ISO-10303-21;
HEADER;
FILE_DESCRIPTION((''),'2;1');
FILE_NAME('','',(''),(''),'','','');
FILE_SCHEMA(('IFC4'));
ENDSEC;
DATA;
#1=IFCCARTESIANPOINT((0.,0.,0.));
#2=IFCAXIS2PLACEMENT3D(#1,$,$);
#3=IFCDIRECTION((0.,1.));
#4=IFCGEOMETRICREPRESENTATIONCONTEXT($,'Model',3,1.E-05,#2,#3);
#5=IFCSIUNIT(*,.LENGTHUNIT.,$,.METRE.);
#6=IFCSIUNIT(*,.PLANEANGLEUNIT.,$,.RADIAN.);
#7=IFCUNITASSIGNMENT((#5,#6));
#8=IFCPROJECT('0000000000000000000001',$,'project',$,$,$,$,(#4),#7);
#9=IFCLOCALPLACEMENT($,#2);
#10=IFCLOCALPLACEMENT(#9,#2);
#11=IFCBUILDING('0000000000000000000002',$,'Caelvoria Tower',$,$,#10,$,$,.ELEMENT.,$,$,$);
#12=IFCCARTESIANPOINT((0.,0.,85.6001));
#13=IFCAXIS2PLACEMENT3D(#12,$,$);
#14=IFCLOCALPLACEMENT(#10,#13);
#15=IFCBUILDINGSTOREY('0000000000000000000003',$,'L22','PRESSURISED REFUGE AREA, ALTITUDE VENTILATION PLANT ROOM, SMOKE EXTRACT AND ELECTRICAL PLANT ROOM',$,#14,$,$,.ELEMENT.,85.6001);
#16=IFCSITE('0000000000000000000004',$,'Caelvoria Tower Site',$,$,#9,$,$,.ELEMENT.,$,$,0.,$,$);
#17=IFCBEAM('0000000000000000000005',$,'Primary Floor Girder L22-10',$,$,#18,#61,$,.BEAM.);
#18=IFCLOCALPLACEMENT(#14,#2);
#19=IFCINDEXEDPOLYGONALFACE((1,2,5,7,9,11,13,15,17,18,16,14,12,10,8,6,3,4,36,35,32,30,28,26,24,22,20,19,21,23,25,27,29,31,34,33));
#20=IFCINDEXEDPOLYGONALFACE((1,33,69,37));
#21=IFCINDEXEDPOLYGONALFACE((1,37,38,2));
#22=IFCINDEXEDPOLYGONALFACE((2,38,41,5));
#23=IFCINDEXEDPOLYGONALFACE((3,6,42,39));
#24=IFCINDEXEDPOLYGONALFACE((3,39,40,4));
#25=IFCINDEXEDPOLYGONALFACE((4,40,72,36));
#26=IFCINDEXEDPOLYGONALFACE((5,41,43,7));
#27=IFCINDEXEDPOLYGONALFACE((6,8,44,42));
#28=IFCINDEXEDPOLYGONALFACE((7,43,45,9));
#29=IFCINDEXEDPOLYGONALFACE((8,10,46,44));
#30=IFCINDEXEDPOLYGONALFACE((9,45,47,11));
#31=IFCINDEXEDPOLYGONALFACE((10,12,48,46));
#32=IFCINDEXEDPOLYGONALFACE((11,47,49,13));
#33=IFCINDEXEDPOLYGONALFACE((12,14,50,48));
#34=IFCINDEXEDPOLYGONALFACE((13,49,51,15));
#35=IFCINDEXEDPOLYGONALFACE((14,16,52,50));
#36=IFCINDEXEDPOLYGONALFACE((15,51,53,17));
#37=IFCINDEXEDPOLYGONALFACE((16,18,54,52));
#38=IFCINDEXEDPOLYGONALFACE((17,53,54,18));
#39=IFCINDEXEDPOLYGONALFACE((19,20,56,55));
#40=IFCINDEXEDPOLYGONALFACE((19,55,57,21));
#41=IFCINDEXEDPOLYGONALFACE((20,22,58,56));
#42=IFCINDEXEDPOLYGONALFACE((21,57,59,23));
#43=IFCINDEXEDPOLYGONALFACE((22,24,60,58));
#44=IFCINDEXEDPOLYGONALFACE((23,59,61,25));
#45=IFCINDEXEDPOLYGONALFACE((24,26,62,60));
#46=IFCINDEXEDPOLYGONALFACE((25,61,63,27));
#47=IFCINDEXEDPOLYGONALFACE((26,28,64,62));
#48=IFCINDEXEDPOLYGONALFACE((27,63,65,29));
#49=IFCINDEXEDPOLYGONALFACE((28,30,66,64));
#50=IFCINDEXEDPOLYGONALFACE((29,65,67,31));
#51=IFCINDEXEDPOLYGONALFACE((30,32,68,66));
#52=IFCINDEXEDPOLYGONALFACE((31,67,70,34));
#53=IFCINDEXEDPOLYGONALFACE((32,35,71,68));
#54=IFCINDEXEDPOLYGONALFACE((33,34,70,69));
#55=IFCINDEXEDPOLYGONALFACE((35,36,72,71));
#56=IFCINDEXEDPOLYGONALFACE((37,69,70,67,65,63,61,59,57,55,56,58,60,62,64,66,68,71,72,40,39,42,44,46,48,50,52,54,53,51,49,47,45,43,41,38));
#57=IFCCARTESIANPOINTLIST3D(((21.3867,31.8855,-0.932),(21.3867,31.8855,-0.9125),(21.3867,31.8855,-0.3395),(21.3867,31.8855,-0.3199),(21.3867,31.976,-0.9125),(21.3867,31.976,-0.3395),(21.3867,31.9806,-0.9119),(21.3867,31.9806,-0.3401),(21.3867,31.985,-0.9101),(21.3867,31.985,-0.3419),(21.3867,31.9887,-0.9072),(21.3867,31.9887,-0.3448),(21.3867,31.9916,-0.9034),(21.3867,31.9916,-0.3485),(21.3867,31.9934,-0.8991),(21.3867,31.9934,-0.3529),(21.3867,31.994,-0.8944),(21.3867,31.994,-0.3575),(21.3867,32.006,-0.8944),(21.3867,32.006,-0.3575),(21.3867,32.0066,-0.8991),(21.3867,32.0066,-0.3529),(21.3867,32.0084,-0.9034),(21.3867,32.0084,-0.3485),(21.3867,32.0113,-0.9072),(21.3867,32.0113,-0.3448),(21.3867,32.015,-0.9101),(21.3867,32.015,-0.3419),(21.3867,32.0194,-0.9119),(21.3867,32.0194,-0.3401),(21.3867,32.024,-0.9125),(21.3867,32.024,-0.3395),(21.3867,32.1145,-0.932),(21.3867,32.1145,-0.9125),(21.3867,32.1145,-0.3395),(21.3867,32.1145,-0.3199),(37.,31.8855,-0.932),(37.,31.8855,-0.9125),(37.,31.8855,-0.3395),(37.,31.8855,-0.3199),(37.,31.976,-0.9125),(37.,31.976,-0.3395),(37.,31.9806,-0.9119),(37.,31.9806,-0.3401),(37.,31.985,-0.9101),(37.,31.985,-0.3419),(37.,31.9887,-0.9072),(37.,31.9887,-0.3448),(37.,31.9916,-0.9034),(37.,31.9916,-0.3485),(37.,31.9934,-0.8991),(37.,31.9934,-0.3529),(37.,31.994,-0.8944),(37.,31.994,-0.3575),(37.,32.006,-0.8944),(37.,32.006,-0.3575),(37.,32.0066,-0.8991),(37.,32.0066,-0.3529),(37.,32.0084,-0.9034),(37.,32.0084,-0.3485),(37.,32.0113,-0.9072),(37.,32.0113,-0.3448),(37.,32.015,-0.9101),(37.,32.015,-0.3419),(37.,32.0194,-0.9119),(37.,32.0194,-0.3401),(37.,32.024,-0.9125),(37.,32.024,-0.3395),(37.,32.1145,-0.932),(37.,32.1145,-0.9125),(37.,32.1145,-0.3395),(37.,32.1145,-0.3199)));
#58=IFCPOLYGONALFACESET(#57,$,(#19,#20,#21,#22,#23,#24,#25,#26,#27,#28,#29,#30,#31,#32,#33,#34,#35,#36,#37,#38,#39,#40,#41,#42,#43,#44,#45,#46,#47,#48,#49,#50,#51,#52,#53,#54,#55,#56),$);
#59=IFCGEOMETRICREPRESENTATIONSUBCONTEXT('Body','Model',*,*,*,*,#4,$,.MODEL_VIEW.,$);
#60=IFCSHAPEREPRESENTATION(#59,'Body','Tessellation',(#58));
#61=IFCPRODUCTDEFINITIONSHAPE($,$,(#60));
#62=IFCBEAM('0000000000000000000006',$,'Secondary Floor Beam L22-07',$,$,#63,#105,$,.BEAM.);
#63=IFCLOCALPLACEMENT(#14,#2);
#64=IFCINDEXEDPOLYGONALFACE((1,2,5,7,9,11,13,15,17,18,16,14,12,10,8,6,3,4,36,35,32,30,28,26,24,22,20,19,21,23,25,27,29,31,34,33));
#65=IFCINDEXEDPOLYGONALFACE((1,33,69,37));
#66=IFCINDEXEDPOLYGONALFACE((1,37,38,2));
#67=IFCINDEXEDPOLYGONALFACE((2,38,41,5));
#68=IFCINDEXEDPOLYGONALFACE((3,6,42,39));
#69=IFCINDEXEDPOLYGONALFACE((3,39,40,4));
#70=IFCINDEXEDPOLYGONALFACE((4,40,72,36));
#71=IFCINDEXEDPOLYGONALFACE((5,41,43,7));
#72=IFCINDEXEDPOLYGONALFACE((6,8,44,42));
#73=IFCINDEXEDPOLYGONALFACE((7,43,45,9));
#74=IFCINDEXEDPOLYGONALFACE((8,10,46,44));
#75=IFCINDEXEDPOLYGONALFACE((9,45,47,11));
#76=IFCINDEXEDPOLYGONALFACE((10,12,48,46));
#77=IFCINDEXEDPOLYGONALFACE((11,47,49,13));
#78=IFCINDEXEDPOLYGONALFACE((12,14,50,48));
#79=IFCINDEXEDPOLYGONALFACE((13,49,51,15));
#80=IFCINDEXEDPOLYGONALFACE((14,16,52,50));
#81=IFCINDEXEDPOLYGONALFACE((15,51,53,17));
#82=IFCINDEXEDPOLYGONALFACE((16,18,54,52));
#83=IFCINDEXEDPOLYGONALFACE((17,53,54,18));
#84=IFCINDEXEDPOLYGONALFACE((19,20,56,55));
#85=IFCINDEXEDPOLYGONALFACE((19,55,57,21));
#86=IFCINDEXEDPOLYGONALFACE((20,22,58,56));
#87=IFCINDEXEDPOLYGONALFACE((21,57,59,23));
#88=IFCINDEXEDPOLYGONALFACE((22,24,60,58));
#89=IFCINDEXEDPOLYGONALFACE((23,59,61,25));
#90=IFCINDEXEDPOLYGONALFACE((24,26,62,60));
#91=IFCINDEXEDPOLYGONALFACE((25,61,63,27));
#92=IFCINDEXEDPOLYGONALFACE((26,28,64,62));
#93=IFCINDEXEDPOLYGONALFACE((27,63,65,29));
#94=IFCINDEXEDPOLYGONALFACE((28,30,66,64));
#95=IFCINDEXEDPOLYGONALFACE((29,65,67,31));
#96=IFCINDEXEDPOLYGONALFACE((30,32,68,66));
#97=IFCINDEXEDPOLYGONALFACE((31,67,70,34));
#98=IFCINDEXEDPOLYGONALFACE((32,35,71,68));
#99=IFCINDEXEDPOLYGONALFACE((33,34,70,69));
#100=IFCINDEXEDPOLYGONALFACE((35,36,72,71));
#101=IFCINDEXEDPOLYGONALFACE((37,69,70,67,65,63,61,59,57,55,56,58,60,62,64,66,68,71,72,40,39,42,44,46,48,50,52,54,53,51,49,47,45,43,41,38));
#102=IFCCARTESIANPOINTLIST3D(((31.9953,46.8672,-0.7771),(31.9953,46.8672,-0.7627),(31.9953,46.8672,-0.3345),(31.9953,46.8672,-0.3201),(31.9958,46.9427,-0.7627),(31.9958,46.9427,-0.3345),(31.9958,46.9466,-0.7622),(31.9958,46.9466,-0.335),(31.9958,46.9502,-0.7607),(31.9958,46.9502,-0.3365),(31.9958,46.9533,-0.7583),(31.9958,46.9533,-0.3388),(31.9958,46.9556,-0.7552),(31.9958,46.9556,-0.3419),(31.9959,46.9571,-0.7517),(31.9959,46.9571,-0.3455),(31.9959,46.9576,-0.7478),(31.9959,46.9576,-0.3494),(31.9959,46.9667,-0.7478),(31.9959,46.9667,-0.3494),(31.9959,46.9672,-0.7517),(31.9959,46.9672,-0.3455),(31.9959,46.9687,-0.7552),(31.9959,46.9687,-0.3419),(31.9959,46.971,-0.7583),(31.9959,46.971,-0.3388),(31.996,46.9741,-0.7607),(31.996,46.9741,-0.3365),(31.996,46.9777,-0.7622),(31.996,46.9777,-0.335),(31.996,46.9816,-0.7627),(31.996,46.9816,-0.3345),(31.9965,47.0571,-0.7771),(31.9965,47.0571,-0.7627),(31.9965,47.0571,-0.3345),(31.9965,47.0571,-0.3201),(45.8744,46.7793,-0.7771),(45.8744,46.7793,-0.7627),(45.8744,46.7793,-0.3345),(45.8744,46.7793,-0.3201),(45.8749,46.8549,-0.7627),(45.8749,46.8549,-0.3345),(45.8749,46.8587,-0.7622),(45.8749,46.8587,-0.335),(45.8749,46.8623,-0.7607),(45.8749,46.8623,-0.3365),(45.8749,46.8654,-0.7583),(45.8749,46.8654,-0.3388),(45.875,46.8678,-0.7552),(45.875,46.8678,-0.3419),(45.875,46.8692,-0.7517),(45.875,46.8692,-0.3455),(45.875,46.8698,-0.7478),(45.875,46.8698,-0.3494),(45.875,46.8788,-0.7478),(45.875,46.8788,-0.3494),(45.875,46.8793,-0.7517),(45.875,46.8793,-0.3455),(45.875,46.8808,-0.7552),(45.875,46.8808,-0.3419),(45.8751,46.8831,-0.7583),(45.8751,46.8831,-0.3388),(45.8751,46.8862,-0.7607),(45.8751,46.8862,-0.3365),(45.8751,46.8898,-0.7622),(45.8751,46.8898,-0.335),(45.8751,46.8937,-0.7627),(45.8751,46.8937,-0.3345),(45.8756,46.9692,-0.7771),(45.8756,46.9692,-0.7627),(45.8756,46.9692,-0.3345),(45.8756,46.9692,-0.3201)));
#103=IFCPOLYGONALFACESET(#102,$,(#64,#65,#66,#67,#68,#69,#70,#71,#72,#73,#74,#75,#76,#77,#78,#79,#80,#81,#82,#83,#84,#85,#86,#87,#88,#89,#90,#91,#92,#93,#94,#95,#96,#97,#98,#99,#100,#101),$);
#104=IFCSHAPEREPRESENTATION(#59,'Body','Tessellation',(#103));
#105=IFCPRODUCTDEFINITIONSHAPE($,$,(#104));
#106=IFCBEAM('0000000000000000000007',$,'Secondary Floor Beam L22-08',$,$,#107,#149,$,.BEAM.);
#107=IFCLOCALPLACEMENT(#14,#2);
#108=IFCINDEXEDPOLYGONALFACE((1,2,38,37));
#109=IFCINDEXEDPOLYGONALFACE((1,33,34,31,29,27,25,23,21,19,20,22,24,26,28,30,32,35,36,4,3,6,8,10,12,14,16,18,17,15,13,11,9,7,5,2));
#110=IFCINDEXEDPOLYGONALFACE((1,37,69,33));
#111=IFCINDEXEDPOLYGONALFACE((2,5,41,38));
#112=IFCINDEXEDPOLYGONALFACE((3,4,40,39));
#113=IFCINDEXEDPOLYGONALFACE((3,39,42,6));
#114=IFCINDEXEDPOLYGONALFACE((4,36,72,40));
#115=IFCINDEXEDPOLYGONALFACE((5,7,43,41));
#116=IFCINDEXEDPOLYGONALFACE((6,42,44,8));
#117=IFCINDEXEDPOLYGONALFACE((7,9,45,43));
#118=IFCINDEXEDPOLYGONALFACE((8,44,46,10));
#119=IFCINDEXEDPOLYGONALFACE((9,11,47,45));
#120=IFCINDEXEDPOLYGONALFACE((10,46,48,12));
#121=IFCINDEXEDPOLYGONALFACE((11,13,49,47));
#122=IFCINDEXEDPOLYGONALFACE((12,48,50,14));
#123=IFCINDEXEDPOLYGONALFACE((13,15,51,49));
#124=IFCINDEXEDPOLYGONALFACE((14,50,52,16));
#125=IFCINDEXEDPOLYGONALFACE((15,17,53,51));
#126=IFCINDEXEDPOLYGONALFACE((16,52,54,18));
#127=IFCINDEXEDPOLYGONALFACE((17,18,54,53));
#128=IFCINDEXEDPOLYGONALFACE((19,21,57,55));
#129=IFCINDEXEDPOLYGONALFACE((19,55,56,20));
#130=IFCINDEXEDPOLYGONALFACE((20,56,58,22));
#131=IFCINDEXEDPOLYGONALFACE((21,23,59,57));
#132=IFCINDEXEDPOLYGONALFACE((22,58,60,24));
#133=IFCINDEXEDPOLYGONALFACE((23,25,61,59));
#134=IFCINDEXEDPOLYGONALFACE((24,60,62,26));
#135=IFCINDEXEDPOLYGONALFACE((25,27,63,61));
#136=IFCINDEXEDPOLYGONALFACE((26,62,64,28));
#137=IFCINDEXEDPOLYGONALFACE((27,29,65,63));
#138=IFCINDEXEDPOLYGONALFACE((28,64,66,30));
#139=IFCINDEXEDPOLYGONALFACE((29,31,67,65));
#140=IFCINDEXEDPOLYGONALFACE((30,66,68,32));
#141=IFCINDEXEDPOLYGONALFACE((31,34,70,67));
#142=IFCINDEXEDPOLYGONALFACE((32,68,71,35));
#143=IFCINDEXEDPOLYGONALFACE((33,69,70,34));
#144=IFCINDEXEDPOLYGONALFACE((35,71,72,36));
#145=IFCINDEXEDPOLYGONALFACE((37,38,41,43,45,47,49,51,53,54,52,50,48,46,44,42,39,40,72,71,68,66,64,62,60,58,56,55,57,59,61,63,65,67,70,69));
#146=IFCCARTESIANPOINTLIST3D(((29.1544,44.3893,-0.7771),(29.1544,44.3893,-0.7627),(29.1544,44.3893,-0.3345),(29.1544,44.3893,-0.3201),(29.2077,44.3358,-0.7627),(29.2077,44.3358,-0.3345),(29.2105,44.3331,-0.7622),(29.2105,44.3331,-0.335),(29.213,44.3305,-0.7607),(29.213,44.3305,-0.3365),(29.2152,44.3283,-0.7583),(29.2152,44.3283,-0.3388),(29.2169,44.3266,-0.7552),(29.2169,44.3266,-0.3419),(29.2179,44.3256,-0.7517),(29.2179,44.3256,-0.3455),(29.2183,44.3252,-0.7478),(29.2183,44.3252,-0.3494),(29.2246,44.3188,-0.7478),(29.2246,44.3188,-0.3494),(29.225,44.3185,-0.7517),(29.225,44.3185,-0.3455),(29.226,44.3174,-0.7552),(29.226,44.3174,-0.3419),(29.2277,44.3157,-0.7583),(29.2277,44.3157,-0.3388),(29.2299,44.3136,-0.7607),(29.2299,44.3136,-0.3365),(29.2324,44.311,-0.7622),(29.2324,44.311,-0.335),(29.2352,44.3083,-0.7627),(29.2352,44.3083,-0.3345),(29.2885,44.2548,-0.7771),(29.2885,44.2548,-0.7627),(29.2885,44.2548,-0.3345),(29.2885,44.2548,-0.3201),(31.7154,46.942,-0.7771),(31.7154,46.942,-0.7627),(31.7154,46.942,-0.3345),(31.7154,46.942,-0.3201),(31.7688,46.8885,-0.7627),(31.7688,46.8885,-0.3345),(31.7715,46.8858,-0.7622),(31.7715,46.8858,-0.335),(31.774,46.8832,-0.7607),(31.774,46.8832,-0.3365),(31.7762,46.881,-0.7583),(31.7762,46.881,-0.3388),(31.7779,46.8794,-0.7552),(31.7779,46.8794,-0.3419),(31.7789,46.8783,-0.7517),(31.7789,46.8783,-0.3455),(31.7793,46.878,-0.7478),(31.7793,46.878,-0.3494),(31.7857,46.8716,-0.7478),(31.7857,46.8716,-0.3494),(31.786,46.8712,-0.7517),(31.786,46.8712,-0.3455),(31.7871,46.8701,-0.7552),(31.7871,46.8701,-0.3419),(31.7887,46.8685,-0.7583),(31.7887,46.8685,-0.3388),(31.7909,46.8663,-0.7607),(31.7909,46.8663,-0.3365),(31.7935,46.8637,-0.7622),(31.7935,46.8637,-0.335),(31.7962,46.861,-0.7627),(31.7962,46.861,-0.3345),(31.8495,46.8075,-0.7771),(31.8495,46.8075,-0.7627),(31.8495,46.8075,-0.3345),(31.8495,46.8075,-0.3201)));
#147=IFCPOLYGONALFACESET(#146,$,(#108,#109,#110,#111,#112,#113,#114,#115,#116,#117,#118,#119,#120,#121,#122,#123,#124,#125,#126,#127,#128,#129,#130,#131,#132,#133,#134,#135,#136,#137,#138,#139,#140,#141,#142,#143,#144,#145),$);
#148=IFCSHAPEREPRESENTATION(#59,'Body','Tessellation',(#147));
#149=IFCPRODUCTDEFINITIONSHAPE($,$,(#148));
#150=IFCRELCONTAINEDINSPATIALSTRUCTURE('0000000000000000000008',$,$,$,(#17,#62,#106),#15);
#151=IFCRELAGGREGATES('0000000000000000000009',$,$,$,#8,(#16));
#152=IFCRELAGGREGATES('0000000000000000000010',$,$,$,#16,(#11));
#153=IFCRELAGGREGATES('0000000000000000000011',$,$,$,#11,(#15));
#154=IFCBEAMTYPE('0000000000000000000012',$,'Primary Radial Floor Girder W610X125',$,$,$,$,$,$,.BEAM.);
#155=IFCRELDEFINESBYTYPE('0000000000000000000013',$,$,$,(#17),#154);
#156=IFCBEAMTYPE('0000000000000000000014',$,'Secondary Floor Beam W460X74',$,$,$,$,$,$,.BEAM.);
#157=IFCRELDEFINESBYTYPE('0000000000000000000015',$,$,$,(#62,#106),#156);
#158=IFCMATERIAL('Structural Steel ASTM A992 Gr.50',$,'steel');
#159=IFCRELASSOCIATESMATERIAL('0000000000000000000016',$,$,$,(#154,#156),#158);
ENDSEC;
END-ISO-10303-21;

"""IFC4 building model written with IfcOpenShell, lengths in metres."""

from ifc_helpers import new_model, si_unit, direction, frame, origin, origin_2d, place, context, subcontext, project, spatial, i_section, extrude, material, material_profile, profile_set, type_object, element, save


model = new_model("IFC4")

# Units and contexts
model_context = context("Model", 3, precision=1e-05, world=origin(), true_north=direction((0.0, 1.0)))
body_context = subcontext(model_context, "Body", "Model", "MODEL_VIEW")
ifc_project = project(units=[si_unit("LENGTHUNIT", "METRE"), si_unit("PLANEANGLEUNIT", "RADIAN")], contexts=[model_context])

# Site, building, storey
site_placement = place(None, origin())
site = spatial("IfcSite", under=ifc_project, at=site_placement, Name="Caelvoria Tower Site", CompositionType="ELEMENT", RefElevation=0.0)
building_placement = place(site_placement, origin())
building = spatial("IfcBuilding", under=site, at=building_placement, Name="Caelvoria Tower", CompositionType="ELEMENT")
storey_placement = place(building_placement, frame((0.0, 0.0, 85.6001)))
storey = spatial("IfcBuildingStorey", under=building, at=storey_placement, Name="L22", Description="PRESSURISED REFUGE AREA, ALTITUDE VENTILATION PLANT ROOM, SMOKE EXTRACT AND ELECTRICAL PLANT ROOM", CompositionType="ELEMENT", Elevation=85.6001)

# Shared definitions
ifc_material_1 = material(Name="Structural Steel ASTM A992 Gr.50", Category="steel")

# Beams
ifc_material_profile_1 = material_profile(ifc_material_1, i_section(OverallWidth=0.229, OverallDepth=0.6121, WebThickness=0.012, FlangeThickness=0.0195, FilletRadius=0.0181, at=origin_2d()), Name="Structural Steel ASTM A992 Gr.50")
ifc_profile_set_1 = profile_set([ifc_material_profile_1], Name="W610X125 - Structural Steel ASTM A992 Gr.50")
beam_type_1 = type_object("IfcBeamType", Name="Primary Radial Floor Girder W610X125", PredefinedType="BEAM", material=ifc_profile_set_1)
beam_1_placement = place(storey_placement, frame((37.0, 32.0, -0.626), z_axis=(-1.0, 0.0, 0.0), x_axis=(0.0, -1.0, 0.0)))
element("IfcBeam", 1, at=beam_1_placement, inside=storey, type_object=beam_type_1, Name="Primary Floor Girder L22-10", PredefinedType="BEAM", context=body_context, shape_type="SweptSolid", body=[
    extrude(i_section(OverallWidth=0.229, OverallDepth=0.6121, WebThickness=0.012, FlangeThickness=0.0195, FilletRadius=0.0181, at=origin_2d()), origin(), (0.0, 0.0, 1.0), 15.6133),
])
ifc_material_profile_2 = material_profile(ifc_material_1, i_section(OverallWidth=0.1899, OverallDepth=0.457, WebThickness=0.009, FlangeThickness=0.0144, FilletRadius=0.0149, at=origin_2d()), Name="Structural Steel ASTM A992 Gr.50")
ifc_profile_set_2 = profile_set([ifc_material_profile_2], Name="W460X74 - Structural Steel ASTM A992 Gr.50")
beam_type_2 = type_object("IfcBeamType", Name="Secondary Floor Beam W460X74", PredefinedType="BEAM", material=ifc_profile_set_2)
beam_2_placement = place(storey_placement, frame((45.875, 46.8743, -0.5486), z_axis=(-0.99998, 0.006332, 0.0), x_axis=(-0.006332, -0.99998, 0.0)))
element("IfcBeam", 2, at=beam_2_placement, inside=storey, type_object=beam_type_2, Name="Secondary Floor Beam L22-07", PredefinedType="BEAM", context=body_context, shape_type="SweptSolid", body=[
    extrude(i_section(OverallWidth=0.1899, OverallDepth=0.457, WebThickness=0.009, FlangeThickness=0.0144, FilletRadius=0.0149, at=origin_2d()), origin(), (0.0, 0.0, 1.0), 13.8794),
])
beam_3_placement = place(storey_placement, frame((31.7825, 46.8748, -0.5486), z_axis=(-0.708254, -0.705958, 0.0), x_axis=(0.705958, -0.708254, 0.0)))
element("IfcBeam", 3, at=beam_3_placement, inside=storey, type_object=beam_type_2, Name="Secondary Floor Beam L22-08", PredefinedType="BEAM", context=body_context, shape_type="SweptSolid", body=[
    extrude(i_section(OverallWidth=0.1899, OverallDepth=0.457, WebThickness=0.009, FlangeThickness=0.0144, FilletRadius=0.0149, at=origin_2d()), origin(), (0.0, 0.0, 1.0), 3.616),
])

save(model, "model.ifc")
